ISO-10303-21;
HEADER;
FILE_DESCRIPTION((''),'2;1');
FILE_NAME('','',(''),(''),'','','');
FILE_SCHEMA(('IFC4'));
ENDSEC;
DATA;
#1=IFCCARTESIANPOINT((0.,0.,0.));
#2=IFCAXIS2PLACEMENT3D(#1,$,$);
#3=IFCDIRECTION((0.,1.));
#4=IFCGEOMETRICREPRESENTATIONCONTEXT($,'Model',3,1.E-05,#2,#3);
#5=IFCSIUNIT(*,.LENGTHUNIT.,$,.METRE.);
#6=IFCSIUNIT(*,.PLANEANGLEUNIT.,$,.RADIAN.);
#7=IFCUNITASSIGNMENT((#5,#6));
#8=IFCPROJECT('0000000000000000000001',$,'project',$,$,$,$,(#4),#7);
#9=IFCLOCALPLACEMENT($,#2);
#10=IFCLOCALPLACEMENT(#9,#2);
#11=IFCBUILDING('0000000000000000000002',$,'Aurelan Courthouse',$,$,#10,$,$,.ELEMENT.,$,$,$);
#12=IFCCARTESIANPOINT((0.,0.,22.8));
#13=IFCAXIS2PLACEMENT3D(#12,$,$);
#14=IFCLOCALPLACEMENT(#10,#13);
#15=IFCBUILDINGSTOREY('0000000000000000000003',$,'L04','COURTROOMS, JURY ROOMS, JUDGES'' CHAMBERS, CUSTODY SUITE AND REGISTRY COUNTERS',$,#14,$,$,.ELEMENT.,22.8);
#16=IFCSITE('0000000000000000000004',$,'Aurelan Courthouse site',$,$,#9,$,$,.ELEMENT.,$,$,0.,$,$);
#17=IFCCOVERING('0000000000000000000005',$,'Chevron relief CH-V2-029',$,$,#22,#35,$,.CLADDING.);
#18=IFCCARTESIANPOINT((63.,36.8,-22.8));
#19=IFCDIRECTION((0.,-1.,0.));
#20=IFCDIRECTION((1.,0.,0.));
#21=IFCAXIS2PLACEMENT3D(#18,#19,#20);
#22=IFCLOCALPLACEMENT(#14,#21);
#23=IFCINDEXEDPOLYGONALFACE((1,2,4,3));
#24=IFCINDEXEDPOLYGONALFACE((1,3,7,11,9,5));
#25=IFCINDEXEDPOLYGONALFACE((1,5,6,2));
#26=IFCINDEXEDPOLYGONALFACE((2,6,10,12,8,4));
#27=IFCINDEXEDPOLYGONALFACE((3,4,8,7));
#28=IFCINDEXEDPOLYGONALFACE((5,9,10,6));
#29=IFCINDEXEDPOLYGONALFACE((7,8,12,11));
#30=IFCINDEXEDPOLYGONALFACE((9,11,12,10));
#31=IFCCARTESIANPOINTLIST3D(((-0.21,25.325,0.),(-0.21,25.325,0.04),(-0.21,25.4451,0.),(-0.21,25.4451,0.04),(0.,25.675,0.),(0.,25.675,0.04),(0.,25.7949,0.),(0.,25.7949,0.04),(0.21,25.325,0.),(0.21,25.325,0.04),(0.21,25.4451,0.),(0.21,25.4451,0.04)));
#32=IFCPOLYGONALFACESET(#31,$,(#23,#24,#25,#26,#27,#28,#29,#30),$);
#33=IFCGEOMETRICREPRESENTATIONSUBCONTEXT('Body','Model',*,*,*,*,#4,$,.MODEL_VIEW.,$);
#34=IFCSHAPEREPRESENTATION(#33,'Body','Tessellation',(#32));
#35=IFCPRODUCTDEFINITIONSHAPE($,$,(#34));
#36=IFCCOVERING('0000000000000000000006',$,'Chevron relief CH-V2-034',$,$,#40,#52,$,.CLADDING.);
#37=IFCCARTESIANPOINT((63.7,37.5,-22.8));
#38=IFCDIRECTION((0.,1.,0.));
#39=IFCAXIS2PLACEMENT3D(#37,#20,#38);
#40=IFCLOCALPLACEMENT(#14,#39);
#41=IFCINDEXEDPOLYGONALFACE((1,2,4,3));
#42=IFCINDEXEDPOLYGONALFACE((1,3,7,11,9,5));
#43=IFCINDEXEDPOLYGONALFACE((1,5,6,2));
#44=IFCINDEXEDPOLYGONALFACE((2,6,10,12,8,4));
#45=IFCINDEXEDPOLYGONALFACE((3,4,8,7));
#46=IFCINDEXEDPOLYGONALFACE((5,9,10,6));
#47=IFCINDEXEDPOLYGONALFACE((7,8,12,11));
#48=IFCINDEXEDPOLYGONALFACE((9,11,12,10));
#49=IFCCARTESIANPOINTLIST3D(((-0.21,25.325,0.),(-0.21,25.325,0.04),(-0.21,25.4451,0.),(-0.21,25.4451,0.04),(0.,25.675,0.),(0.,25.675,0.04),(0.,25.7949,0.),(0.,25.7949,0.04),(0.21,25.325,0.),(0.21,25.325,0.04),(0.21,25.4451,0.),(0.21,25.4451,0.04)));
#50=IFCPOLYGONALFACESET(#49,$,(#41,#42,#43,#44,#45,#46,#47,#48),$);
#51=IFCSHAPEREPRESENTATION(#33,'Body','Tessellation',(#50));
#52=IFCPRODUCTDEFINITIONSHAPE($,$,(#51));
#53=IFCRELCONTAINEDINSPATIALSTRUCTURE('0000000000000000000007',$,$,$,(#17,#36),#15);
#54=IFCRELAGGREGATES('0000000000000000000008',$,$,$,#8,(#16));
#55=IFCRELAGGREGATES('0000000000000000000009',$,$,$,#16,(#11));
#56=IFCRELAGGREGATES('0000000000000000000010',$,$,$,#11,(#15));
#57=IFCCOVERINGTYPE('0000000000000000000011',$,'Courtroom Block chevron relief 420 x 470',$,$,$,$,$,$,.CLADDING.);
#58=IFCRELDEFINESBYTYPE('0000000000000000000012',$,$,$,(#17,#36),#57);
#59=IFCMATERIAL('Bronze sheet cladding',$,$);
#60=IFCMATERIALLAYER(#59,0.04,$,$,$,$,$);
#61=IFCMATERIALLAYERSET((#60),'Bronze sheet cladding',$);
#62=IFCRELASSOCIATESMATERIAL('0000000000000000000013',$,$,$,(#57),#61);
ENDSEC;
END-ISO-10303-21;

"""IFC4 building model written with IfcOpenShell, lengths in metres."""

from ifc_helpers import new_model, si_unit, direction, frame, origin, place, context, subcontext, project, spatial, polyline, outline, extrude, material, layer, layer_set, type_object, element, save


model = new_model("IFC4")

# Units and contexts
model_context = context("Model", 3, precision=1e-05, world=origin(), true_north=direction((0.0, 1.0)))
body_context = subcontext(model_context, "Body", "Model", "MODEL_VIEW")
ifc_project = project(units=[si_unit("LENGTHUNIT", "METRE"), si_unit("PLANEANGLEUNIT", "RADIAN")], contexts=[model_context])

# Site, building, storey
site_placement = place(None, origin())
site = spatial("IfcSite", under=ifc_project, at=site_placement, Name="Aurelan Courthouse site", CompositionType="ELEMENT", RefElevation=0.0)
building_placement = place(site_placement, origin())
building = spatial("IfcBuilding", under=site, at=building_placement, Name="Aurelan Courthouse", CompositionType="ELEMENT")
storey_placement = place(building_placement, frame((0.0, 0.0, 22.8)))
storey = spatial("IfcBuildingStorey", under=building, at=storey_placement, Name="L04", Description="COURTROOMS, JURY ROOMS, JUDGES' CHAMBERS, CUSTODY SUITE AND REGISTRY COUNTERS", CompositionType="ELEMENT", Elevation=22.8)

# Coverings
ifc_material_1 = material(Name="Bronze sheet cladding")
ifc_layer_1 = layer(ifc_material_1, 0.04)
ifc_layer_set_1 = layer_set([ifc_layer_1], Name="Bronze sheet cladding")
covering_type_1 = type_object("IfcCoveringType", Name="Courtroom Block chevron relief 420 x 470", PredefinedType="CLADDING", material=ifc_layer_set_1)
for number, where, z_axis, x_axis, name in (
    (1, (63.0, 36.8, -22.8), (0.0, -1.0, 0.0), (1.0, 0.0, 0.0), "Chevron relief CH-V2-029"),
    (2, (63.7, 37.5, -22.8), (1.0, 0.0, 0.0), (0.0, 1.0, 0.0), "Chevron relief CH-V2-034"),
):
    element("IfcCovering", number, at=place(storey_placement, frame(where, z_axis=z_axis, x_axis=x_axis)), inside=storey, type_object=covering_type_1, Name=name, PredefinedType="CLADDING", context=body_context, shape_type="SweptSolid", body=[
        extrude(outline(polyline([(-0.21, 25.325), (0.0, 25.675), (0.21, 25.325), (0.21, 25.4451), (0.0, 25.7949), (-0.21, 25.4451), (-0.21, 25.325)])), origin(), (0.0, 0.0, 1.0), 0.04),
    ])

save(model, "model.ifc")
